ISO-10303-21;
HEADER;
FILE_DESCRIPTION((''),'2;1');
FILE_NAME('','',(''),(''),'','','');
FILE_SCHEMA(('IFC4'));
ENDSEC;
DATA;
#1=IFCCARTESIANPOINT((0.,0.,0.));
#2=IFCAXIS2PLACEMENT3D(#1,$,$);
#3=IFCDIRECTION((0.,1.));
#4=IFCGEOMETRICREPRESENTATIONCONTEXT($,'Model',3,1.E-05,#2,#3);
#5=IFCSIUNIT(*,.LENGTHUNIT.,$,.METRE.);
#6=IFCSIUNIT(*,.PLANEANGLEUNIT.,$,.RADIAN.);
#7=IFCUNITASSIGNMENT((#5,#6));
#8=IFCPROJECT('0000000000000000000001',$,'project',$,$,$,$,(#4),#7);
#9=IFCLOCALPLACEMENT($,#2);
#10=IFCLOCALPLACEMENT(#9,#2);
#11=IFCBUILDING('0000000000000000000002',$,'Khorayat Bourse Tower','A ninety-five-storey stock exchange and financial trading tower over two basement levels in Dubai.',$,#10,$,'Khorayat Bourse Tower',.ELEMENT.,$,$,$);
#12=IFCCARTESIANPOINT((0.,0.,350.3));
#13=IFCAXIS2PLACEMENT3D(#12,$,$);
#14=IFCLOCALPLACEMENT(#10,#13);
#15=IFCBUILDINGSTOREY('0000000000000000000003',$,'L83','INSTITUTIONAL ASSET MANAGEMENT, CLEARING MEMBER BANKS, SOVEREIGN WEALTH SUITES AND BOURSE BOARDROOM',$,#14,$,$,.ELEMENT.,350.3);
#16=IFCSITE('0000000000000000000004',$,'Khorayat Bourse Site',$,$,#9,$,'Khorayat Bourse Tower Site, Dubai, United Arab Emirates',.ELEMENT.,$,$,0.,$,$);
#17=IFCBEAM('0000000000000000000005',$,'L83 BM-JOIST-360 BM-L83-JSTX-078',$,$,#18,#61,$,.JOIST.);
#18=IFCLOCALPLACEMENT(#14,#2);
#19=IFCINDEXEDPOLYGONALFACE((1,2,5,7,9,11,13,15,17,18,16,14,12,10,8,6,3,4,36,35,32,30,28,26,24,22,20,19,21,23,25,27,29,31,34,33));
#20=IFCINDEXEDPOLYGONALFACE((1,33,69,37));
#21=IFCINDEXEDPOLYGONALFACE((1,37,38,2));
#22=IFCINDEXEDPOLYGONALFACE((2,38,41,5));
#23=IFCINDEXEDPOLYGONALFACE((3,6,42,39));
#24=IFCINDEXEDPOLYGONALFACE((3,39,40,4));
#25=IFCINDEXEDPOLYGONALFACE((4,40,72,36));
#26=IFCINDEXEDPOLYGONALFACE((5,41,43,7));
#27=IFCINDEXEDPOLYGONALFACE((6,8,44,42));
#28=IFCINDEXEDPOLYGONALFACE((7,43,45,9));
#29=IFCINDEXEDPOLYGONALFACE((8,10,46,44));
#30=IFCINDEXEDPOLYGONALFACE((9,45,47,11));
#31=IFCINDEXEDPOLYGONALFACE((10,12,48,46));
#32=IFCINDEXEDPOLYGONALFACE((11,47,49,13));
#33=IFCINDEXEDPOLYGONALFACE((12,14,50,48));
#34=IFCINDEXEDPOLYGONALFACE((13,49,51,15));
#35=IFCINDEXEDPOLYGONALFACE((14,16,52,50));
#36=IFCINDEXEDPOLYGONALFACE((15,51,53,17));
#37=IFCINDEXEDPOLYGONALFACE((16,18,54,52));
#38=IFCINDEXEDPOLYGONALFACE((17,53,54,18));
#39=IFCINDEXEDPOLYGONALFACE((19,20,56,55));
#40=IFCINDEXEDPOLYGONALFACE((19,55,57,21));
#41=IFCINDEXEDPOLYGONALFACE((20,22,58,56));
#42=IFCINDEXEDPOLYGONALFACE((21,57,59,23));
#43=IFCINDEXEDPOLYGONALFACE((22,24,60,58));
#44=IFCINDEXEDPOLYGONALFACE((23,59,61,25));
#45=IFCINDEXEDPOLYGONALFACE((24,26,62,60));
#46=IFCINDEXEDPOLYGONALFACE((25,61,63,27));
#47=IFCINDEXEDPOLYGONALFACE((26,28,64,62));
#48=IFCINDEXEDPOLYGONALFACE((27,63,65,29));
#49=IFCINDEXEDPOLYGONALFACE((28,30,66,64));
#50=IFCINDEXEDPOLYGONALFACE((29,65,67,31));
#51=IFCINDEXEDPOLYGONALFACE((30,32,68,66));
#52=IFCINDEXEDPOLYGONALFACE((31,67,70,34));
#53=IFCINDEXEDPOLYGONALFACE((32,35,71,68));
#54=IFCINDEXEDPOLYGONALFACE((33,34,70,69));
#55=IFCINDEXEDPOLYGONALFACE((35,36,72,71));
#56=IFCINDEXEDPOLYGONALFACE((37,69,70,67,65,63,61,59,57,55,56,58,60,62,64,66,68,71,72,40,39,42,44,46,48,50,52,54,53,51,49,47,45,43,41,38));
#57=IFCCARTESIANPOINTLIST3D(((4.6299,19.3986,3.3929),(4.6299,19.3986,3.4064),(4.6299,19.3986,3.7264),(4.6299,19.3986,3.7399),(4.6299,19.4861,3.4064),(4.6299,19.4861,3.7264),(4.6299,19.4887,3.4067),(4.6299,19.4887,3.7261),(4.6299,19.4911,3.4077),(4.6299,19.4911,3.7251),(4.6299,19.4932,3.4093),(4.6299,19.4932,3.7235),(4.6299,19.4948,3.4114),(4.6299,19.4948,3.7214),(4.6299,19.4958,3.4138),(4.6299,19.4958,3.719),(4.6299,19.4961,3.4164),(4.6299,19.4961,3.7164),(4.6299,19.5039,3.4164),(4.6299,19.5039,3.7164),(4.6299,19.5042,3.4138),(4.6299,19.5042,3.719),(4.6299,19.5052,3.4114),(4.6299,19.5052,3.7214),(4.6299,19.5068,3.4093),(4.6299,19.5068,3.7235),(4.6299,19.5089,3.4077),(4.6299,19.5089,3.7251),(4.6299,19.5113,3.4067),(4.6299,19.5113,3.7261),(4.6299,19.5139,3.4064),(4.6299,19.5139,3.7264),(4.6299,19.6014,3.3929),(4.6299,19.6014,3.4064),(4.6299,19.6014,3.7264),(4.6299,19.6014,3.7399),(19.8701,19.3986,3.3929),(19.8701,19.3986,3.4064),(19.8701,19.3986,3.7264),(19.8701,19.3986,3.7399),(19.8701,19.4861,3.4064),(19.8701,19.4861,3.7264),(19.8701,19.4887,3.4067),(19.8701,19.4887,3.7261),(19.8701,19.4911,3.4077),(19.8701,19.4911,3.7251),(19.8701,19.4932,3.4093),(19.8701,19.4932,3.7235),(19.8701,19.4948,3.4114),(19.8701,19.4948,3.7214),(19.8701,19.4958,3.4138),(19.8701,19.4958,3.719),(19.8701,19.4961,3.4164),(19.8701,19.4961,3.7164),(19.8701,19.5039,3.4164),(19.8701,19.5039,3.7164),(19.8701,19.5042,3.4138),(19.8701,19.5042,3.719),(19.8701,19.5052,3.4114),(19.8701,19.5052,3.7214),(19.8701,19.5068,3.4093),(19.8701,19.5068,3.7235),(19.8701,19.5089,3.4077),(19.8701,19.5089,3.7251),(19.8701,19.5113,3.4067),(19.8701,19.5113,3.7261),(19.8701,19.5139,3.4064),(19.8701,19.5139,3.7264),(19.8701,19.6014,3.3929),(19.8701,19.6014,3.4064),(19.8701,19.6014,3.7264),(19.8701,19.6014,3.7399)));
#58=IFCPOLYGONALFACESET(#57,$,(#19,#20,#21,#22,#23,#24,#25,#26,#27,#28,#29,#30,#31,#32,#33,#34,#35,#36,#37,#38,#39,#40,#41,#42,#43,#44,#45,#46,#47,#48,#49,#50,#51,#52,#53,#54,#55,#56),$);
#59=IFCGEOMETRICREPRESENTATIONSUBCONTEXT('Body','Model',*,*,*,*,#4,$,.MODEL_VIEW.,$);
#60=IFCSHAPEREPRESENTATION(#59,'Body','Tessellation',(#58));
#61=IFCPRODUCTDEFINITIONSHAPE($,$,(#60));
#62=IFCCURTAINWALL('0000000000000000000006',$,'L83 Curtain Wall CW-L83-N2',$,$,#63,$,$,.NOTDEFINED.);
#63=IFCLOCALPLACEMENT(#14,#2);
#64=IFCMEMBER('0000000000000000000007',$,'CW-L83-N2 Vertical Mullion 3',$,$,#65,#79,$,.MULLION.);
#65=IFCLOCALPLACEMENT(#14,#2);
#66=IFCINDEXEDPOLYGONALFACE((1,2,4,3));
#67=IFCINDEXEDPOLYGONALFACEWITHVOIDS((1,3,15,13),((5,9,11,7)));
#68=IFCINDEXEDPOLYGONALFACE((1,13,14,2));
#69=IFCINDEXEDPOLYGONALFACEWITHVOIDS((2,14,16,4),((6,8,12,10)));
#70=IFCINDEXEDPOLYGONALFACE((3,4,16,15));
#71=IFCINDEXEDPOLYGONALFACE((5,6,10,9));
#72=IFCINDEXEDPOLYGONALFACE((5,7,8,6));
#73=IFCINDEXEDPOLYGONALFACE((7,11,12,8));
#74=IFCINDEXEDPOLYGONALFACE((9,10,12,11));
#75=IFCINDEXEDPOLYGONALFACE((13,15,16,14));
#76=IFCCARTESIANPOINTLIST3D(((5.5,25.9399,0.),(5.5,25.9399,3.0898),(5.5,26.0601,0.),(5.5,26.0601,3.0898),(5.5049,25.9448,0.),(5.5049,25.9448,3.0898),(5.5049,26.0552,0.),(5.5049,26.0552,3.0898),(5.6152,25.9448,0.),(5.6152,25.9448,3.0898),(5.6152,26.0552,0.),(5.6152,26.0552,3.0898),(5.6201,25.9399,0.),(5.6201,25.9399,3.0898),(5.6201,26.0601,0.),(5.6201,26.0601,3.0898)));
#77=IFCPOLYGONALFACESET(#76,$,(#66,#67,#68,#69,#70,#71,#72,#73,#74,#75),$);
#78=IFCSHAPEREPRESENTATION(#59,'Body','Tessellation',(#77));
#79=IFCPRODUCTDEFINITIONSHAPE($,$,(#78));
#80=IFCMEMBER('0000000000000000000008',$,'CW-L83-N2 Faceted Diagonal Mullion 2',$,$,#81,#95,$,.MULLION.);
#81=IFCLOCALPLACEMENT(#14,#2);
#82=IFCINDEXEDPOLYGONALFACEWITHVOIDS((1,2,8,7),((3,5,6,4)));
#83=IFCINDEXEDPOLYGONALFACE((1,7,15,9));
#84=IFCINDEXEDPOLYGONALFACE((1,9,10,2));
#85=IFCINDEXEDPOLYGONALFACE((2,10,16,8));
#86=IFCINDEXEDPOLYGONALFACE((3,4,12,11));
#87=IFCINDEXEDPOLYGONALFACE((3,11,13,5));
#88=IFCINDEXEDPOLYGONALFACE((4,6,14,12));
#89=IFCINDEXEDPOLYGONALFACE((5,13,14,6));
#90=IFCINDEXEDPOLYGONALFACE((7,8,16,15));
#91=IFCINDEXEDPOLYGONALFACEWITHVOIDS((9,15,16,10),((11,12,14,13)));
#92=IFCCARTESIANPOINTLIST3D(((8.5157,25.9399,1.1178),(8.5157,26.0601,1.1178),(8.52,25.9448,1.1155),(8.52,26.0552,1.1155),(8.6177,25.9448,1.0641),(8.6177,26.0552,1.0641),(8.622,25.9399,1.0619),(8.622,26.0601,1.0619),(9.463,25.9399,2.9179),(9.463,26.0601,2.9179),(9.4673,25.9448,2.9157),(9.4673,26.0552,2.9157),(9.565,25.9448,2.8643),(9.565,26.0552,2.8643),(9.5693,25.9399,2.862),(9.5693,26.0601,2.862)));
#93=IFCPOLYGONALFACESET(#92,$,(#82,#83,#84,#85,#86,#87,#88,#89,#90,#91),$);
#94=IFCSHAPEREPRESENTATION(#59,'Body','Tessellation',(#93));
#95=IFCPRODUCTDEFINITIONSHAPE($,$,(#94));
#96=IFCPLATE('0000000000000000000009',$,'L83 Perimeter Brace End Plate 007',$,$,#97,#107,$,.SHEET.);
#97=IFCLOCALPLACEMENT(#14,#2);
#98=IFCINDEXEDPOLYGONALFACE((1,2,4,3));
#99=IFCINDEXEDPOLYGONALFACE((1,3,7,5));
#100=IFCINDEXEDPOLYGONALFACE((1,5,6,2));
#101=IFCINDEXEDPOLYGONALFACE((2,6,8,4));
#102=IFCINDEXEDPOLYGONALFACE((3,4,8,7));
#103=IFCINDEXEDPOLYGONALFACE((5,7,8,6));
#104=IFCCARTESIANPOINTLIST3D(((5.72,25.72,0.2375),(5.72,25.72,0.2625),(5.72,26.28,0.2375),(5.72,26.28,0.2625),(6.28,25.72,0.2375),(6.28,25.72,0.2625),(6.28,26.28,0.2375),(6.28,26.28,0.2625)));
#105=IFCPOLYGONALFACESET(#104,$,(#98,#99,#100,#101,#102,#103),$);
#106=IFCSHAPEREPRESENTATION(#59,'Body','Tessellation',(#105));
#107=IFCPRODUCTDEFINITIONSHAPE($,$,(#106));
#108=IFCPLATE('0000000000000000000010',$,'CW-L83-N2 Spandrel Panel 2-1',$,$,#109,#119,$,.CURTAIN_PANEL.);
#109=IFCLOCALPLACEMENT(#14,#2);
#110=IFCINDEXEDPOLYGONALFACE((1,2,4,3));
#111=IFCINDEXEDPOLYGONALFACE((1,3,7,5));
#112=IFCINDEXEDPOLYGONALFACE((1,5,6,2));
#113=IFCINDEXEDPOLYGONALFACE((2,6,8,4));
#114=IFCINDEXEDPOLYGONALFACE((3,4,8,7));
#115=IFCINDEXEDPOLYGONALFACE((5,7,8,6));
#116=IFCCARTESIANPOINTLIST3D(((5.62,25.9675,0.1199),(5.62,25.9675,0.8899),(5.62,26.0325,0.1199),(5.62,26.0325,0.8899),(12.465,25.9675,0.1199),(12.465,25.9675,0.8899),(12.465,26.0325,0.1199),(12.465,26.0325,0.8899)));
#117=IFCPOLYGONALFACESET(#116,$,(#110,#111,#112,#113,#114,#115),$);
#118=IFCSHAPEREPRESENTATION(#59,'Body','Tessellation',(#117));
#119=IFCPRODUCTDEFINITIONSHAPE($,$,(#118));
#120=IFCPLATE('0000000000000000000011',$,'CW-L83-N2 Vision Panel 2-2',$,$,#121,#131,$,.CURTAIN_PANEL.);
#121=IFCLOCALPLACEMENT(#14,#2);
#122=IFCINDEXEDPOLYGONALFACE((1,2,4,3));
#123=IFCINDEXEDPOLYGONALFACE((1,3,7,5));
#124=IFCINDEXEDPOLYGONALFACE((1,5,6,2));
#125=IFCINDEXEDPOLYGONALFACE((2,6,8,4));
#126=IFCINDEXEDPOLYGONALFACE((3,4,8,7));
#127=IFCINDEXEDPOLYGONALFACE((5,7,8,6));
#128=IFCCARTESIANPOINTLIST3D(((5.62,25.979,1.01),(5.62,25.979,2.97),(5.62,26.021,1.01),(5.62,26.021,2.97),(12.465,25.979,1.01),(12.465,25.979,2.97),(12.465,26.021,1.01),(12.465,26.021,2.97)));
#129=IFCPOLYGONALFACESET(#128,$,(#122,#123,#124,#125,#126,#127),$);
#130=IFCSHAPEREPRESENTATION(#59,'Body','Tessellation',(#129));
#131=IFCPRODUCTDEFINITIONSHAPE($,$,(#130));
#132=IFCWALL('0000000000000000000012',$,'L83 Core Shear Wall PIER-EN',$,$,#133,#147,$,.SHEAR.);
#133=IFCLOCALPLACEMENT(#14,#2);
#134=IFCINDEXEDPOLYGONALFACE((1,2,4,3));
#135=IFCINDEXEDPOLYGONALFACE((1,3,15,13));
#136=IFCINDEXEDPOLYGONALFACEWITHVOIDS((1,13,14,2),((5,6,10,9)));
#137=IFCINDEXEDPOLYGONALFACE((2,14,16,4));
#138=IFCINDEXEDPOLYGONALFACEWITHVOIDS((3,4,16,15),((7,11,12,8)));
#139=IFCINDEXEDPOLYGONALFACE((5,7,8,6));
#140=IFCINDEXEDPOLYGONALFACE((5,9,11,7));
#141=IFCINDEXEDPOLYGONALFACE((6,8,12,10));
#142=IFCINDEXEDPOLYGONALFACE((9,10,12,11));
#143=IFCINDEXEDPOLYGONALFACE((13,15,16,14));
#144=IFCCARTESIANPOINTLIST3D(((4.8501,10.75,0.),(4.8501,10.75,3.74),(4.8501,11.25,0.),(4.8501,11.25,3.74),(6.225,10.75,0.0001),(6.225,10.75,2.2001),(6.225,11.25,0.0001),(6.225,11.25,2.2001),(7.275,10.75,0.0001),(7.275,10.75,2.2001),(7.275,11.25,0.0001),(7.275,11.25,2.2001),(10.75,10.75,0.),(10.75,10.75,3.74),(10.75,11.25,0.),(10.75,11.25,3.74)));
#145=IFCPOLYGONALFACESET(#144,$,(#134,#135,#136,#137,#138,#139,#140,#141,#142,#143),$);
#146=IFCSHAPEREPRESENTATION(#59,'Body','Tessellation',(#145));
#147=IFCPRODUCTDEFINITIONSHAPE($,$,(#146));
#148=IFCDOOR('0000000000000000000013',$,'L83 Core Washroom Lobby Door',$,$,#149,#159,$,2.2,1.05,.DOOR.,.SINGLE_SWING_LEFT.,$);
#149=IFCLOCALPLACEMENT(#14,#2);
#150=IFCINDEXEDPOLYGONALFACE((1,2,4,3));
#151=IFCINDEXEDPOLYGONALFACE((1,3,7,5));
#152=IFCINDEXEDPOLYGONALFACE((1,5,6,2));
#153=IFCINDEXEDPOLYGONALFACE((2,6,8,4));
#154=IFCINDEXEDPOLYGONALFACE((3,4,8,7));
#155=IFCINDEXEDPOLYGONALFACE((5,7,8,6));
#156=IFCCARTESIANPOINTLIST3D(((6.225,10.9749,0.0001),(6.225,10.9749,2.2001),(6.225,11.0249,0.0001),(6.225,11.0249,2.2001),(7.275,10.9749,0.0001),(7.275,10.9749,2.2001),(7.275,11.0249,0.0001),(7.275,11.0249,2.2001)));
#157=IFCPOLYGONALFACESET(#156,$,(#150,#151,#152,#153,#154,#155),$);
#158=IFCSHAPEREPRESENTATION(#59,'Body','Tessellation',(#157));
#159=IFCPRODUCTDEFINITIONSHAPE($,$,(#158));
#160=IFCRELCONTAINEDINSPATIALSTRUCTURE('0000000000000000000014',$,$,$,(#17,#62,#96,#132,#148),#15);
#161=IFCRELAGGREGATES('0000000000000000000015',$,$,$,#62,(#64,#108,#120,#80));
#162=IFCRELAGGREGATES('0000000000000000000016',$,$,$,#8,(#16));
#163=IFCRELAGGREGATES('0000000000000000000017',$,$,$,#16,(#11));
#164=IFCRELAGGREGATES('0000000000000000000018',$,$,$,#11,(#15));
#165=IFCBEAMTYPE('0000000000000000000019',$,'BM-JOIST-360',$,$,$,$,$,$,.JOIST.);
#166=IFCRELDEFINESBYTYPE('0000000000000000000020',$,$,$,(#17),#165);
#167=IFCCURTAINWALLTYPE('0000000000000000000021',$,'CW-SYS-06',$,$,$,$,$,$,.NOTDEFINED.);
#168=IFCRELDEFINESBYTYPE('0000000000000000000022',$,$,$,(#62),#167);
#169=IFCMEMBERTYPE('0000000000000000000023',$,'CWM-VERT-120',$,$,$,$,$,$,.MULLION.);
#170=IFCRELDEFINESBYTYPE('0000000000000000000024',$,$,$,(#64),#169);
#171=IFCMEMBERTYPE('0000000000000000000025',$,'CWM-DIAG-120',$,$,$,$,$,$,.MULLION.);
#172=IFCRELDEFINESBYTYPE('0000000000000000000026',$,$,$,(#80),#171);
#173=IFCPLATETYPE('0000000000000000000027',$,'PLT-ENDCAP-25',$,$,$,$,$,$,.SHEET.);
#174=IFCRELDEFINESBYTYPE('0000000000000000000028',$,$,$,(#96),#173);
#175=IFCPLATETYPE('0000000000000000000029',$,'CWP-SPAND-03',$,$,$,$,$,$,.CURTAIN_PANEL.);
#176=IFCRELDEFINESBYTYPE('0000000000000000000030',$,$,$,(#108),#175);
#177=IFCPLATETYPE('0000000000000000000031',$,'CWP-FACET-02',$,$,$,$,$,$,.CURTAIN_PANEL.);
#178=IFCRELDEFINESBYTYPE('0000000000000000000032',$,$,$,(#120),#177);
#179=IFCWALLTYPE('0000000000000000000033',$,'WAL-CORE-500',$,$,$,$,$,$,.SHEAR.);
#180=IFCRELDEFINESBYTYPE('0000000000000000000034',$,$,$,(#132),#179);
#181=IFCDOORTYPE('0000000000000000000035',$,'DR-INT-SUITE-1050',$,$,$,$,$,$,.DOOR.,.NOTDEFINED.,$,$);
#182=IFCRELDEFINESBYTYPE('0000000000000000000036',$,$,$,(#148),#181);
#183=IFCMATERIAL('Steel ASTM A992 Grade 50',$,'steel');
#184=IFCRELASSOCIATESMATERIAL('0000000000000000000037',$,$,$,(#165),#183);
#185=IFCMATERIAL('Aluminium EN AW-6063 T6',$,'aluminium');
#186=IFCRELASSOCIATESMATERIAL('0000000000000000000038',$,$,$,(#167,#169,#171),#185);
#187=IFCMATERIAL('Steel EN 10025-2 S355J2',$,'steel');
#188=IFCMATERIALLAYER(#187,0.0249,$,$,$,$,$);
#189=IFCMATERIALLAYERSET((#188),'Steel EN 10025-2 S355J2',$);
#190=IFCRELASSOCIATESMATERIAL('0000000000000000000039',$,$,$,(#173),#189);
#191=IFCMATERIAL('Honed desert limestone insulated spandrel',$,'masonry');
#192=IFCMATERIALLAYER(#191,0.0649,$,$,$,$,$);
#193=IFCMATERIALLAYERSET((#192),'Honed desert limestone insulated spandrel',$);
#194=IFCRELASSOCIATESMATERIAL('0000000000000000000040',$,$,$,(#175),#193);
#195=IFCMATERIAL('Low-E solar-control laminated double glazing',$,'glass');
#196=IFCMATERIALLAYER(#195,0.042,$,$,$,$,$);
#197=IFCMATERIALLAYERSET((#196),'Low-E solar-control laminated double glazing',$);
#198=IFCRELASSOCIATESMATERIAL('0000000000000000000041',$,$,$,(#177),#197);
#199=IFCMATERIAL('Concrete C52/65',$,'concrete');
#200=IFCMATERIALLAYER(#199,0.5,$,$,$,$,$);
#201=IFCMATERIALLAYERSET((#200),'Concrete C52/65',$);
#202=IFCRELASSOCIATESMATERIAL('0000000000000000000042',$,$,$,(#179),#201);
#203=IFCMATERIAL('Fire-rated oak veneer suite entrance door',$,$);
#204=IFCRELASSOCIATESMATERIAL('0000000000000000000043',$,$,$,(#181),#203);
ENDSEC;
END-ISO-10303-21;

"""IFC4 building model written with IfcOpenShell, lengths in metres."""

from ifc_helpers import new_model, si_unit, direction, frame, frame_2d, origin, origin_2d, place, context, subcontext, project, spatial, rectangle, hollow_rectangle, i_section, extrude, source, transform, mapped, material, layer, layer_set, material_profile, profile_set, type_object, element, fill, aggregate, save


model = new_model("IFC4")

# Units and contexts
model_context = context("Model", 3, precision=1e-05, world=origin(), true_north=direction((0.0, 1.0)))
body_context = subcontext(model_context, "Body", "Model", "MODEL_VIEW")
ifc_project = project(units=[si_unit("LENGTHUNIT", "METRE"), si_unit("PLANEANGLEUNIT", "RADIAN")], contexts=[model_context])

# Site, building, storey
site_placement = place(None, origin())
site = spatial("IfcSite", under=ifc_project, at=site_placement, Name="Khorayat Bourse Site", LongName="Khorayat Bourse Tower Site, Dubai, United Arab Emirates", CompositionType="ELEMENT", RefElevation=0.0)
building_placement = place(site_placement, origin())
building = spatial("IfcBuilding", under=site, at=building_placement, Name="Khorayat Bourse Tower", Description="A ninety-five-storey stock exchange and financial trading tower over two basement levels in Dubai.", LongName="Khorayat Bourse Tower", CompositionType="ELEMENT")
storey_placement = place(building_placement, frame((0.0, 0.0, 350.3)))
storey = spatial("IfcBuildingStorey", under=building, at=storey_placement, Name="L83", Description="INSTITUTIONAL ASSET MANAGEMENT, CLEARING MEMBER BANKS, SOVEREIGN WEALTH SUITES AND BOURSE BOARDROOM", CompositionType="ELEMENT", Elevation=350.3)

# Shared definitions
ifc_material_1 = material(Name="Concrete C52/65", Category="concrete")
ifc_material_2 = material(Name="Steel EN 10025-2 S355J2", Category="steel")

# Shared definitions
ifc_material_3 = material(Name="Steel ASTM A992 Grade 50", Category="steel")

# Beam
ifc_material_profile_1 = material_profile(ifc_material_3, i_section(OverallWidth=0.2029, OverallDepth=0.3469, WebThickness=0.0078, FlangeThickness=0.0134, FilletRadius=0.01, at=origin_2d()), Name="W360X64")
ifc_profile_set_1 = profile_set([ifc_material_profile_1], Name="Steel ASTM A992 Grade 50")
beam_type_1 = type_object("IfcBeamType", Name="BM-JOIST-360", PredefinedType="JOIST", material=ifc_profile_set_1)
shared_shape_1 = source(origin(), body_context, "Body", "SweptSolid", [
    extrude(i_section(OverallWidth=0.2029, OverallDepth=0.3469, WebThickness=0.0078, FlangeThickness=0.0134, FilletRadius=0.01, at=origin_2d()), origin(), (0.0, 0.0, 1.0), 15.2402),
])
beam_1_placement = place(storey_placement, frame((4.6299, 19.5, 3.5664), z_axis=(1.0, 0.0, 0.0), x_axis=(0.0, 1.0, 0.0)))
element("IfcBeam", 1, at=beam_1_placement, inside=storey, type_object=beam_type_1, Name="L83 BM-JOIST-360 BM-L83-JSTX-078", PredefinedType="JOIST", context=body_context, shape_type="MappedRepresentation", body=[
    mapped(shared_shape_1, transform((0.0, 0.0, 0.0), scale=1.0)),
])

# Curtain wall, members
ifc_material_4 = material(Name="Aluminium EN AW-6063 T6", Category="aluminium")
curtain_wall_type = type_object("IfcCurtainWallType", Name="CW-SYS-06", PredefinedType="NOTDEFINED", material=ifc_material_4)
curtain_wall_placement = place(storey_placement, origin())
curtain_wall = element("IfcCurtainWall", 2, at=curtain_wall_placement, inside=storey, type_object=curtain_wall_type, Name="L83 Curtain Wall CW-L83-N2", PredefinedType="NOTDEFINED")
ifc_material_profile_2 = material_profile(ifc_material_4, hollow_rectangle(XDim=0.1201, YDim=0.1201, WallThickness=0.0049, at=origin_2d()), Name="ALU 120x120x5")
ifc_profile_set_2 = profile_set([ifc_material_profile_2], Name="Aluminium EN AW-6063 T6")
member_type_1 = type_object("IfcMemberType", Name="CWM-VERT-120", PredefinedType="MULLION", material=ifc_profile_set_2)
shared_shape_2 = source(origin(), body_context, "Body", "SweptSolid", [
    extrude(hollow_rectangle(XDim=0.1201, YDim=0.1201, WallThickness=0.0049, at=origin_2d()), origin(), (0.0, 0.0, 1.0), 3.0898),
])
member_1_placement = place(storey_placement, frame((5.5601, 26.0, 0.0), z_axis=(0.0, 0.0, 1.0), x_axis=(0.0, -1.0, 0.0)))
member_1 = element("IfcMember", 3, at=member_1_placement, type_object=member_type_1, Name="CW-L83-N2 Vertical Mullion 3", PredefinedType="MULLION", context=body_context, shape_type="MappedRepresentation", body=[
    mapped(shared_shape_2, transform((0.0, 0.0, 0.0), scale=1.0)),
])
ifc_material_profile_3 = material_profile(ifc_material_4, hollow_rectangle(XDim=0.1201, YDim=0.1201, WallThickness=0.0049, at=origin_2d()), Name="ALU 120x120x5")
ifc_profile_set_3 = profile_set([ifc_material_profile_3], Name="Aluminium EN AW-6063 T6")
member_type_2 = type_object("IfcMemberType", Name="CWM-DIAG-120", PredefinedType="MULLION", material=ifc_profile_set_3)
shared_shape_3 = source(origin(), body_context, "Body", "SweptSolid", [
    extrude(hollow_rectangle(XDim=0.1201, YDim=0.1201, WallThickness=0.0049, at=origin_2d()), origin(), (0.0, 0.0, 1.0), 2.0342),
])
member_2_placement = place(storey_placement, frame((8.5688, 26.0, 1.0898), z_axis=(0.465697, 0.0, 0.884944), x_axis=(0.0, 1.0, 0.0)))
member_2 = element("IfcMember", 4, at=member_2_placement, type_object=member_type_2, Name="CW-L83-N2 Faceted Diagonal Mullion 2", PredefinedType="MULLION", context=body_context, shape_type="MappedRepresentation", body=[
    mapped(shared_shape_3, transform((0.0, 0.0, 0.0), scale=1.0)),
])

# Plates
ifc_layer_1 = layer(ifc_material_2, 0.0249)
ifc_layer_set_1 = layer_set([ifc_layer_1], Name="Steel EN 10025-2 S355J2")
plate_type_1 = type_object("IfcPlateType", Name="PLT-ENDCAP-25", PredefinedType="SHEET", material=ifc_layer_set_1)
shared_shape_4 = source(origin(), body_context, "Body", "SweptSolid", [
    extrude(rectangle(XDim=0.5601, YDim=0.5601, at=origin_2d()), origin(), (0.0, 0.0, 1.0), 0.0249),
])
plate_1_placement = place(storey_placement, frame((6.0, 26.0, 0.2375), z_axis=(0.0, 0.0, 1.0), x_axis=(1.0, 0.0, 0.0)))
element("IfcPlate", 5, at=plate_1_placement, inside=storey, type_object=plate_type_1, Name="L83 Perimeter Brace End Plate 007", PredefinedType="SHEET", context=body_context, shape_type="MappedRepresentation", body=[
    mapped(shared_shape_4, transform((0.0, 0.0, 0.0), scale=1.0)),
])
ifc_material_5 = material(Name="Honed desert limestone insulated spandrel", Category="masonry")
ifc_layer_2 = layer(ifc_material_5, 0.0649)
ifc_layer_set_2 = layer_set([ifc_layer_2], Name="Honed desert limestone insulated spandrel")
plate_type_2 = type_object("IfcPlateType", Name="CWP-SPAND-03", PredefinedType="CURTAIN_PANEL", material=ifc_layer_set_2)
shared_shape_5 = source(origin(), body_context, "Body", "SweptSolid", [
    extrude(rectangle(XDim=6.845, YDim=0.0649, at=origin_2d()), origin(), (0.0, 0.0, 1.0), 0.77),
])
plate_2_placement = place(storey_placement, frame((9.0425, 26.0, 0.1199), z_axis=(0.0, 0.0, 1.0), x_axis=(-1.0, 0.0, 0.0)))
plate_2 = element("IfcPlate", 6, at=plate_2_placement, type_object=plate_type_2, Name="CW-L83-N2 Spandrel Panel 2-1", PredefinedType="CURTAIN_PANEL", context=body_context, shape_type="MappedRepresentation", body=[
    mapped(shared_shape_5, transform((0.0, 0.0, 0.0), scale=1.0)),
])
ifc_material_6 = material(Name="Low-E solar-control laminated double glazing", Category="glass")
ifc_layer_3 = layer(ifc_material_6, 0.042)
ifc_layer_set_3 = layer_set([ifc_layer_3], Name="Low-E solar-control laminated double glazing")
plate_type_3 = type_object("IfcPlateType", Name="CWP-FACET-02", PredefinedType="CURTAIN_PANEL", material=ifc_layer_set_3)
shared_shape_6 = source(origin(), body_context, "Body", "SweptSolid", [
    extrude(rectangle(XDim=6.845, YDim=0.042, at=origin_2d()), origin(), (0.0, 0.0, 1.0), 1.96),
])
plate_3_placement = place(storey_placement, frame((9.0425, 26.0, 1.01), z_axis=(0.0, 0.0, 1.0), x_axis=(-1.0, 0.0, 0.0)))
plate_3 = element("IfcPlate", 7, at=plate_3_placement, type_object=plate_type_3, Name="CW-L83-N2 Vision Panel 2-2", PredefinedType="CURTAIN_PANEL", context=body_context, shape_type="MappedRepresentation", body=[
    mapped(shared_shape_6, transform((0.0, 0.0, 0.0), scale=1.0)),
])
aggregate(curtain_wall, [member_1, plate_2, plate_3, member_2])

# Wall, opening, door
ifc_layer_4 = layer(ifc_material_1, 0.5)
ifc_layer_set_4 = layer_set([ifc_layer_4], Name="Concrete C52/65")
wall_type_1 = type_object("IfcWallType", Name="WAL-CORE-500", PredefinedType="SHEAR", material=ifc_layer_set_4)
shared_shape_7 = source(origin(), body_context, "Body", "SweptSolid", [
    extrude(rectangle(XDim=5.8999, YDim=0.5, at=frame_2d((2.95, 0.0))), origin(), (0.0, 0.0, 1.0), 3.74),
])
wall_1_placement = place(storey_placement, frame((4.8501, 11.0, 0.0), z_axis=(0.0, 0.0, 1.0), x_axis=(1.0, 0.0, 0.0)))
wall_1 = element("IfcWall", 8, at=wall_1_placement, inside=storey, type_object=wall_type_1, Name="L83 Core Shear Wall PIER-EN", PredefinedType="SHEAR", context=body_context, shape_type="MappedRepresentation", body=[
    mapped(shared_shape_7, transform((0.0, 0.0, 0.0), scale=1.0)),
])
shared_shape_8 = source(origin(), body_context, "Body", "SweptSolid", [
    extrude(rectangle(XDim=1.05, YDim=2.2, at=frame_2d((0.5249, 1.1001))), frame((0.0, 0.26, 0.0), z_axis=(0.0, -1.0, 0.0), x_axis=(1.0, 0.0, 0.0)), (0.0, 0.0, 1.0), 0.52),
])
opening_1_placement = place(wall_1_placement, frame((1.375, 0.0, 0.0)))
opening_1 = element("IfcOpeningElement", 9, at=opening_1_placement, cuts=wall_1, PredefinedType="OPENING", context=body_context, shape_type="MappedRepresentation", body=[
    mapped(shared_shape_8, transform((0.0, 0.0, 0.0), scale=1.0)),
])
ifc_material_7 = material(Name="Fire-rated oak veneer suite entrance door")
door_type_1 = type_object("IfcDoorType", Name="DR-INT-SUITE-1050", OperationType="NOTDEFINED", PredefinedType="DOOR", material=ifc_material_7)
shared_shape_9 = source(origin(), body_context, "Body", "SweptSolid", [
    extrude(rectangle(XDim=1.05, YDim=2.2, at=frame_2d((0.5249, 1.1001))), frame((0.0, 0.0249, 0.0), z_axis=(0.0, -1.0, 0.0), x_axis=(1.0, 0.0, 0.0)), (0.0, 0.0, 1.0), 0.05),
])
door_1_placement = place(opening_1_placement, origin())
door_1 = element("IfcDoor", 10, at=door_1_placement, inside=storey, type_object=door_type_1, Name="L83 Core Washroom Lobby Door", OperationType="SINGLE_SWING_LEFT", OverallHeight=2.2, OverallWidth=1.05, PredefinedType="DOOR", context=body_context, shape_type="MappedRepresentation", body=[
    mapped(shared_shape_9, transform((0.0, 0.0, 0.0), scale=1.0)),
])
fill(opening_1, door_1)

save(model, "model.ifc")
